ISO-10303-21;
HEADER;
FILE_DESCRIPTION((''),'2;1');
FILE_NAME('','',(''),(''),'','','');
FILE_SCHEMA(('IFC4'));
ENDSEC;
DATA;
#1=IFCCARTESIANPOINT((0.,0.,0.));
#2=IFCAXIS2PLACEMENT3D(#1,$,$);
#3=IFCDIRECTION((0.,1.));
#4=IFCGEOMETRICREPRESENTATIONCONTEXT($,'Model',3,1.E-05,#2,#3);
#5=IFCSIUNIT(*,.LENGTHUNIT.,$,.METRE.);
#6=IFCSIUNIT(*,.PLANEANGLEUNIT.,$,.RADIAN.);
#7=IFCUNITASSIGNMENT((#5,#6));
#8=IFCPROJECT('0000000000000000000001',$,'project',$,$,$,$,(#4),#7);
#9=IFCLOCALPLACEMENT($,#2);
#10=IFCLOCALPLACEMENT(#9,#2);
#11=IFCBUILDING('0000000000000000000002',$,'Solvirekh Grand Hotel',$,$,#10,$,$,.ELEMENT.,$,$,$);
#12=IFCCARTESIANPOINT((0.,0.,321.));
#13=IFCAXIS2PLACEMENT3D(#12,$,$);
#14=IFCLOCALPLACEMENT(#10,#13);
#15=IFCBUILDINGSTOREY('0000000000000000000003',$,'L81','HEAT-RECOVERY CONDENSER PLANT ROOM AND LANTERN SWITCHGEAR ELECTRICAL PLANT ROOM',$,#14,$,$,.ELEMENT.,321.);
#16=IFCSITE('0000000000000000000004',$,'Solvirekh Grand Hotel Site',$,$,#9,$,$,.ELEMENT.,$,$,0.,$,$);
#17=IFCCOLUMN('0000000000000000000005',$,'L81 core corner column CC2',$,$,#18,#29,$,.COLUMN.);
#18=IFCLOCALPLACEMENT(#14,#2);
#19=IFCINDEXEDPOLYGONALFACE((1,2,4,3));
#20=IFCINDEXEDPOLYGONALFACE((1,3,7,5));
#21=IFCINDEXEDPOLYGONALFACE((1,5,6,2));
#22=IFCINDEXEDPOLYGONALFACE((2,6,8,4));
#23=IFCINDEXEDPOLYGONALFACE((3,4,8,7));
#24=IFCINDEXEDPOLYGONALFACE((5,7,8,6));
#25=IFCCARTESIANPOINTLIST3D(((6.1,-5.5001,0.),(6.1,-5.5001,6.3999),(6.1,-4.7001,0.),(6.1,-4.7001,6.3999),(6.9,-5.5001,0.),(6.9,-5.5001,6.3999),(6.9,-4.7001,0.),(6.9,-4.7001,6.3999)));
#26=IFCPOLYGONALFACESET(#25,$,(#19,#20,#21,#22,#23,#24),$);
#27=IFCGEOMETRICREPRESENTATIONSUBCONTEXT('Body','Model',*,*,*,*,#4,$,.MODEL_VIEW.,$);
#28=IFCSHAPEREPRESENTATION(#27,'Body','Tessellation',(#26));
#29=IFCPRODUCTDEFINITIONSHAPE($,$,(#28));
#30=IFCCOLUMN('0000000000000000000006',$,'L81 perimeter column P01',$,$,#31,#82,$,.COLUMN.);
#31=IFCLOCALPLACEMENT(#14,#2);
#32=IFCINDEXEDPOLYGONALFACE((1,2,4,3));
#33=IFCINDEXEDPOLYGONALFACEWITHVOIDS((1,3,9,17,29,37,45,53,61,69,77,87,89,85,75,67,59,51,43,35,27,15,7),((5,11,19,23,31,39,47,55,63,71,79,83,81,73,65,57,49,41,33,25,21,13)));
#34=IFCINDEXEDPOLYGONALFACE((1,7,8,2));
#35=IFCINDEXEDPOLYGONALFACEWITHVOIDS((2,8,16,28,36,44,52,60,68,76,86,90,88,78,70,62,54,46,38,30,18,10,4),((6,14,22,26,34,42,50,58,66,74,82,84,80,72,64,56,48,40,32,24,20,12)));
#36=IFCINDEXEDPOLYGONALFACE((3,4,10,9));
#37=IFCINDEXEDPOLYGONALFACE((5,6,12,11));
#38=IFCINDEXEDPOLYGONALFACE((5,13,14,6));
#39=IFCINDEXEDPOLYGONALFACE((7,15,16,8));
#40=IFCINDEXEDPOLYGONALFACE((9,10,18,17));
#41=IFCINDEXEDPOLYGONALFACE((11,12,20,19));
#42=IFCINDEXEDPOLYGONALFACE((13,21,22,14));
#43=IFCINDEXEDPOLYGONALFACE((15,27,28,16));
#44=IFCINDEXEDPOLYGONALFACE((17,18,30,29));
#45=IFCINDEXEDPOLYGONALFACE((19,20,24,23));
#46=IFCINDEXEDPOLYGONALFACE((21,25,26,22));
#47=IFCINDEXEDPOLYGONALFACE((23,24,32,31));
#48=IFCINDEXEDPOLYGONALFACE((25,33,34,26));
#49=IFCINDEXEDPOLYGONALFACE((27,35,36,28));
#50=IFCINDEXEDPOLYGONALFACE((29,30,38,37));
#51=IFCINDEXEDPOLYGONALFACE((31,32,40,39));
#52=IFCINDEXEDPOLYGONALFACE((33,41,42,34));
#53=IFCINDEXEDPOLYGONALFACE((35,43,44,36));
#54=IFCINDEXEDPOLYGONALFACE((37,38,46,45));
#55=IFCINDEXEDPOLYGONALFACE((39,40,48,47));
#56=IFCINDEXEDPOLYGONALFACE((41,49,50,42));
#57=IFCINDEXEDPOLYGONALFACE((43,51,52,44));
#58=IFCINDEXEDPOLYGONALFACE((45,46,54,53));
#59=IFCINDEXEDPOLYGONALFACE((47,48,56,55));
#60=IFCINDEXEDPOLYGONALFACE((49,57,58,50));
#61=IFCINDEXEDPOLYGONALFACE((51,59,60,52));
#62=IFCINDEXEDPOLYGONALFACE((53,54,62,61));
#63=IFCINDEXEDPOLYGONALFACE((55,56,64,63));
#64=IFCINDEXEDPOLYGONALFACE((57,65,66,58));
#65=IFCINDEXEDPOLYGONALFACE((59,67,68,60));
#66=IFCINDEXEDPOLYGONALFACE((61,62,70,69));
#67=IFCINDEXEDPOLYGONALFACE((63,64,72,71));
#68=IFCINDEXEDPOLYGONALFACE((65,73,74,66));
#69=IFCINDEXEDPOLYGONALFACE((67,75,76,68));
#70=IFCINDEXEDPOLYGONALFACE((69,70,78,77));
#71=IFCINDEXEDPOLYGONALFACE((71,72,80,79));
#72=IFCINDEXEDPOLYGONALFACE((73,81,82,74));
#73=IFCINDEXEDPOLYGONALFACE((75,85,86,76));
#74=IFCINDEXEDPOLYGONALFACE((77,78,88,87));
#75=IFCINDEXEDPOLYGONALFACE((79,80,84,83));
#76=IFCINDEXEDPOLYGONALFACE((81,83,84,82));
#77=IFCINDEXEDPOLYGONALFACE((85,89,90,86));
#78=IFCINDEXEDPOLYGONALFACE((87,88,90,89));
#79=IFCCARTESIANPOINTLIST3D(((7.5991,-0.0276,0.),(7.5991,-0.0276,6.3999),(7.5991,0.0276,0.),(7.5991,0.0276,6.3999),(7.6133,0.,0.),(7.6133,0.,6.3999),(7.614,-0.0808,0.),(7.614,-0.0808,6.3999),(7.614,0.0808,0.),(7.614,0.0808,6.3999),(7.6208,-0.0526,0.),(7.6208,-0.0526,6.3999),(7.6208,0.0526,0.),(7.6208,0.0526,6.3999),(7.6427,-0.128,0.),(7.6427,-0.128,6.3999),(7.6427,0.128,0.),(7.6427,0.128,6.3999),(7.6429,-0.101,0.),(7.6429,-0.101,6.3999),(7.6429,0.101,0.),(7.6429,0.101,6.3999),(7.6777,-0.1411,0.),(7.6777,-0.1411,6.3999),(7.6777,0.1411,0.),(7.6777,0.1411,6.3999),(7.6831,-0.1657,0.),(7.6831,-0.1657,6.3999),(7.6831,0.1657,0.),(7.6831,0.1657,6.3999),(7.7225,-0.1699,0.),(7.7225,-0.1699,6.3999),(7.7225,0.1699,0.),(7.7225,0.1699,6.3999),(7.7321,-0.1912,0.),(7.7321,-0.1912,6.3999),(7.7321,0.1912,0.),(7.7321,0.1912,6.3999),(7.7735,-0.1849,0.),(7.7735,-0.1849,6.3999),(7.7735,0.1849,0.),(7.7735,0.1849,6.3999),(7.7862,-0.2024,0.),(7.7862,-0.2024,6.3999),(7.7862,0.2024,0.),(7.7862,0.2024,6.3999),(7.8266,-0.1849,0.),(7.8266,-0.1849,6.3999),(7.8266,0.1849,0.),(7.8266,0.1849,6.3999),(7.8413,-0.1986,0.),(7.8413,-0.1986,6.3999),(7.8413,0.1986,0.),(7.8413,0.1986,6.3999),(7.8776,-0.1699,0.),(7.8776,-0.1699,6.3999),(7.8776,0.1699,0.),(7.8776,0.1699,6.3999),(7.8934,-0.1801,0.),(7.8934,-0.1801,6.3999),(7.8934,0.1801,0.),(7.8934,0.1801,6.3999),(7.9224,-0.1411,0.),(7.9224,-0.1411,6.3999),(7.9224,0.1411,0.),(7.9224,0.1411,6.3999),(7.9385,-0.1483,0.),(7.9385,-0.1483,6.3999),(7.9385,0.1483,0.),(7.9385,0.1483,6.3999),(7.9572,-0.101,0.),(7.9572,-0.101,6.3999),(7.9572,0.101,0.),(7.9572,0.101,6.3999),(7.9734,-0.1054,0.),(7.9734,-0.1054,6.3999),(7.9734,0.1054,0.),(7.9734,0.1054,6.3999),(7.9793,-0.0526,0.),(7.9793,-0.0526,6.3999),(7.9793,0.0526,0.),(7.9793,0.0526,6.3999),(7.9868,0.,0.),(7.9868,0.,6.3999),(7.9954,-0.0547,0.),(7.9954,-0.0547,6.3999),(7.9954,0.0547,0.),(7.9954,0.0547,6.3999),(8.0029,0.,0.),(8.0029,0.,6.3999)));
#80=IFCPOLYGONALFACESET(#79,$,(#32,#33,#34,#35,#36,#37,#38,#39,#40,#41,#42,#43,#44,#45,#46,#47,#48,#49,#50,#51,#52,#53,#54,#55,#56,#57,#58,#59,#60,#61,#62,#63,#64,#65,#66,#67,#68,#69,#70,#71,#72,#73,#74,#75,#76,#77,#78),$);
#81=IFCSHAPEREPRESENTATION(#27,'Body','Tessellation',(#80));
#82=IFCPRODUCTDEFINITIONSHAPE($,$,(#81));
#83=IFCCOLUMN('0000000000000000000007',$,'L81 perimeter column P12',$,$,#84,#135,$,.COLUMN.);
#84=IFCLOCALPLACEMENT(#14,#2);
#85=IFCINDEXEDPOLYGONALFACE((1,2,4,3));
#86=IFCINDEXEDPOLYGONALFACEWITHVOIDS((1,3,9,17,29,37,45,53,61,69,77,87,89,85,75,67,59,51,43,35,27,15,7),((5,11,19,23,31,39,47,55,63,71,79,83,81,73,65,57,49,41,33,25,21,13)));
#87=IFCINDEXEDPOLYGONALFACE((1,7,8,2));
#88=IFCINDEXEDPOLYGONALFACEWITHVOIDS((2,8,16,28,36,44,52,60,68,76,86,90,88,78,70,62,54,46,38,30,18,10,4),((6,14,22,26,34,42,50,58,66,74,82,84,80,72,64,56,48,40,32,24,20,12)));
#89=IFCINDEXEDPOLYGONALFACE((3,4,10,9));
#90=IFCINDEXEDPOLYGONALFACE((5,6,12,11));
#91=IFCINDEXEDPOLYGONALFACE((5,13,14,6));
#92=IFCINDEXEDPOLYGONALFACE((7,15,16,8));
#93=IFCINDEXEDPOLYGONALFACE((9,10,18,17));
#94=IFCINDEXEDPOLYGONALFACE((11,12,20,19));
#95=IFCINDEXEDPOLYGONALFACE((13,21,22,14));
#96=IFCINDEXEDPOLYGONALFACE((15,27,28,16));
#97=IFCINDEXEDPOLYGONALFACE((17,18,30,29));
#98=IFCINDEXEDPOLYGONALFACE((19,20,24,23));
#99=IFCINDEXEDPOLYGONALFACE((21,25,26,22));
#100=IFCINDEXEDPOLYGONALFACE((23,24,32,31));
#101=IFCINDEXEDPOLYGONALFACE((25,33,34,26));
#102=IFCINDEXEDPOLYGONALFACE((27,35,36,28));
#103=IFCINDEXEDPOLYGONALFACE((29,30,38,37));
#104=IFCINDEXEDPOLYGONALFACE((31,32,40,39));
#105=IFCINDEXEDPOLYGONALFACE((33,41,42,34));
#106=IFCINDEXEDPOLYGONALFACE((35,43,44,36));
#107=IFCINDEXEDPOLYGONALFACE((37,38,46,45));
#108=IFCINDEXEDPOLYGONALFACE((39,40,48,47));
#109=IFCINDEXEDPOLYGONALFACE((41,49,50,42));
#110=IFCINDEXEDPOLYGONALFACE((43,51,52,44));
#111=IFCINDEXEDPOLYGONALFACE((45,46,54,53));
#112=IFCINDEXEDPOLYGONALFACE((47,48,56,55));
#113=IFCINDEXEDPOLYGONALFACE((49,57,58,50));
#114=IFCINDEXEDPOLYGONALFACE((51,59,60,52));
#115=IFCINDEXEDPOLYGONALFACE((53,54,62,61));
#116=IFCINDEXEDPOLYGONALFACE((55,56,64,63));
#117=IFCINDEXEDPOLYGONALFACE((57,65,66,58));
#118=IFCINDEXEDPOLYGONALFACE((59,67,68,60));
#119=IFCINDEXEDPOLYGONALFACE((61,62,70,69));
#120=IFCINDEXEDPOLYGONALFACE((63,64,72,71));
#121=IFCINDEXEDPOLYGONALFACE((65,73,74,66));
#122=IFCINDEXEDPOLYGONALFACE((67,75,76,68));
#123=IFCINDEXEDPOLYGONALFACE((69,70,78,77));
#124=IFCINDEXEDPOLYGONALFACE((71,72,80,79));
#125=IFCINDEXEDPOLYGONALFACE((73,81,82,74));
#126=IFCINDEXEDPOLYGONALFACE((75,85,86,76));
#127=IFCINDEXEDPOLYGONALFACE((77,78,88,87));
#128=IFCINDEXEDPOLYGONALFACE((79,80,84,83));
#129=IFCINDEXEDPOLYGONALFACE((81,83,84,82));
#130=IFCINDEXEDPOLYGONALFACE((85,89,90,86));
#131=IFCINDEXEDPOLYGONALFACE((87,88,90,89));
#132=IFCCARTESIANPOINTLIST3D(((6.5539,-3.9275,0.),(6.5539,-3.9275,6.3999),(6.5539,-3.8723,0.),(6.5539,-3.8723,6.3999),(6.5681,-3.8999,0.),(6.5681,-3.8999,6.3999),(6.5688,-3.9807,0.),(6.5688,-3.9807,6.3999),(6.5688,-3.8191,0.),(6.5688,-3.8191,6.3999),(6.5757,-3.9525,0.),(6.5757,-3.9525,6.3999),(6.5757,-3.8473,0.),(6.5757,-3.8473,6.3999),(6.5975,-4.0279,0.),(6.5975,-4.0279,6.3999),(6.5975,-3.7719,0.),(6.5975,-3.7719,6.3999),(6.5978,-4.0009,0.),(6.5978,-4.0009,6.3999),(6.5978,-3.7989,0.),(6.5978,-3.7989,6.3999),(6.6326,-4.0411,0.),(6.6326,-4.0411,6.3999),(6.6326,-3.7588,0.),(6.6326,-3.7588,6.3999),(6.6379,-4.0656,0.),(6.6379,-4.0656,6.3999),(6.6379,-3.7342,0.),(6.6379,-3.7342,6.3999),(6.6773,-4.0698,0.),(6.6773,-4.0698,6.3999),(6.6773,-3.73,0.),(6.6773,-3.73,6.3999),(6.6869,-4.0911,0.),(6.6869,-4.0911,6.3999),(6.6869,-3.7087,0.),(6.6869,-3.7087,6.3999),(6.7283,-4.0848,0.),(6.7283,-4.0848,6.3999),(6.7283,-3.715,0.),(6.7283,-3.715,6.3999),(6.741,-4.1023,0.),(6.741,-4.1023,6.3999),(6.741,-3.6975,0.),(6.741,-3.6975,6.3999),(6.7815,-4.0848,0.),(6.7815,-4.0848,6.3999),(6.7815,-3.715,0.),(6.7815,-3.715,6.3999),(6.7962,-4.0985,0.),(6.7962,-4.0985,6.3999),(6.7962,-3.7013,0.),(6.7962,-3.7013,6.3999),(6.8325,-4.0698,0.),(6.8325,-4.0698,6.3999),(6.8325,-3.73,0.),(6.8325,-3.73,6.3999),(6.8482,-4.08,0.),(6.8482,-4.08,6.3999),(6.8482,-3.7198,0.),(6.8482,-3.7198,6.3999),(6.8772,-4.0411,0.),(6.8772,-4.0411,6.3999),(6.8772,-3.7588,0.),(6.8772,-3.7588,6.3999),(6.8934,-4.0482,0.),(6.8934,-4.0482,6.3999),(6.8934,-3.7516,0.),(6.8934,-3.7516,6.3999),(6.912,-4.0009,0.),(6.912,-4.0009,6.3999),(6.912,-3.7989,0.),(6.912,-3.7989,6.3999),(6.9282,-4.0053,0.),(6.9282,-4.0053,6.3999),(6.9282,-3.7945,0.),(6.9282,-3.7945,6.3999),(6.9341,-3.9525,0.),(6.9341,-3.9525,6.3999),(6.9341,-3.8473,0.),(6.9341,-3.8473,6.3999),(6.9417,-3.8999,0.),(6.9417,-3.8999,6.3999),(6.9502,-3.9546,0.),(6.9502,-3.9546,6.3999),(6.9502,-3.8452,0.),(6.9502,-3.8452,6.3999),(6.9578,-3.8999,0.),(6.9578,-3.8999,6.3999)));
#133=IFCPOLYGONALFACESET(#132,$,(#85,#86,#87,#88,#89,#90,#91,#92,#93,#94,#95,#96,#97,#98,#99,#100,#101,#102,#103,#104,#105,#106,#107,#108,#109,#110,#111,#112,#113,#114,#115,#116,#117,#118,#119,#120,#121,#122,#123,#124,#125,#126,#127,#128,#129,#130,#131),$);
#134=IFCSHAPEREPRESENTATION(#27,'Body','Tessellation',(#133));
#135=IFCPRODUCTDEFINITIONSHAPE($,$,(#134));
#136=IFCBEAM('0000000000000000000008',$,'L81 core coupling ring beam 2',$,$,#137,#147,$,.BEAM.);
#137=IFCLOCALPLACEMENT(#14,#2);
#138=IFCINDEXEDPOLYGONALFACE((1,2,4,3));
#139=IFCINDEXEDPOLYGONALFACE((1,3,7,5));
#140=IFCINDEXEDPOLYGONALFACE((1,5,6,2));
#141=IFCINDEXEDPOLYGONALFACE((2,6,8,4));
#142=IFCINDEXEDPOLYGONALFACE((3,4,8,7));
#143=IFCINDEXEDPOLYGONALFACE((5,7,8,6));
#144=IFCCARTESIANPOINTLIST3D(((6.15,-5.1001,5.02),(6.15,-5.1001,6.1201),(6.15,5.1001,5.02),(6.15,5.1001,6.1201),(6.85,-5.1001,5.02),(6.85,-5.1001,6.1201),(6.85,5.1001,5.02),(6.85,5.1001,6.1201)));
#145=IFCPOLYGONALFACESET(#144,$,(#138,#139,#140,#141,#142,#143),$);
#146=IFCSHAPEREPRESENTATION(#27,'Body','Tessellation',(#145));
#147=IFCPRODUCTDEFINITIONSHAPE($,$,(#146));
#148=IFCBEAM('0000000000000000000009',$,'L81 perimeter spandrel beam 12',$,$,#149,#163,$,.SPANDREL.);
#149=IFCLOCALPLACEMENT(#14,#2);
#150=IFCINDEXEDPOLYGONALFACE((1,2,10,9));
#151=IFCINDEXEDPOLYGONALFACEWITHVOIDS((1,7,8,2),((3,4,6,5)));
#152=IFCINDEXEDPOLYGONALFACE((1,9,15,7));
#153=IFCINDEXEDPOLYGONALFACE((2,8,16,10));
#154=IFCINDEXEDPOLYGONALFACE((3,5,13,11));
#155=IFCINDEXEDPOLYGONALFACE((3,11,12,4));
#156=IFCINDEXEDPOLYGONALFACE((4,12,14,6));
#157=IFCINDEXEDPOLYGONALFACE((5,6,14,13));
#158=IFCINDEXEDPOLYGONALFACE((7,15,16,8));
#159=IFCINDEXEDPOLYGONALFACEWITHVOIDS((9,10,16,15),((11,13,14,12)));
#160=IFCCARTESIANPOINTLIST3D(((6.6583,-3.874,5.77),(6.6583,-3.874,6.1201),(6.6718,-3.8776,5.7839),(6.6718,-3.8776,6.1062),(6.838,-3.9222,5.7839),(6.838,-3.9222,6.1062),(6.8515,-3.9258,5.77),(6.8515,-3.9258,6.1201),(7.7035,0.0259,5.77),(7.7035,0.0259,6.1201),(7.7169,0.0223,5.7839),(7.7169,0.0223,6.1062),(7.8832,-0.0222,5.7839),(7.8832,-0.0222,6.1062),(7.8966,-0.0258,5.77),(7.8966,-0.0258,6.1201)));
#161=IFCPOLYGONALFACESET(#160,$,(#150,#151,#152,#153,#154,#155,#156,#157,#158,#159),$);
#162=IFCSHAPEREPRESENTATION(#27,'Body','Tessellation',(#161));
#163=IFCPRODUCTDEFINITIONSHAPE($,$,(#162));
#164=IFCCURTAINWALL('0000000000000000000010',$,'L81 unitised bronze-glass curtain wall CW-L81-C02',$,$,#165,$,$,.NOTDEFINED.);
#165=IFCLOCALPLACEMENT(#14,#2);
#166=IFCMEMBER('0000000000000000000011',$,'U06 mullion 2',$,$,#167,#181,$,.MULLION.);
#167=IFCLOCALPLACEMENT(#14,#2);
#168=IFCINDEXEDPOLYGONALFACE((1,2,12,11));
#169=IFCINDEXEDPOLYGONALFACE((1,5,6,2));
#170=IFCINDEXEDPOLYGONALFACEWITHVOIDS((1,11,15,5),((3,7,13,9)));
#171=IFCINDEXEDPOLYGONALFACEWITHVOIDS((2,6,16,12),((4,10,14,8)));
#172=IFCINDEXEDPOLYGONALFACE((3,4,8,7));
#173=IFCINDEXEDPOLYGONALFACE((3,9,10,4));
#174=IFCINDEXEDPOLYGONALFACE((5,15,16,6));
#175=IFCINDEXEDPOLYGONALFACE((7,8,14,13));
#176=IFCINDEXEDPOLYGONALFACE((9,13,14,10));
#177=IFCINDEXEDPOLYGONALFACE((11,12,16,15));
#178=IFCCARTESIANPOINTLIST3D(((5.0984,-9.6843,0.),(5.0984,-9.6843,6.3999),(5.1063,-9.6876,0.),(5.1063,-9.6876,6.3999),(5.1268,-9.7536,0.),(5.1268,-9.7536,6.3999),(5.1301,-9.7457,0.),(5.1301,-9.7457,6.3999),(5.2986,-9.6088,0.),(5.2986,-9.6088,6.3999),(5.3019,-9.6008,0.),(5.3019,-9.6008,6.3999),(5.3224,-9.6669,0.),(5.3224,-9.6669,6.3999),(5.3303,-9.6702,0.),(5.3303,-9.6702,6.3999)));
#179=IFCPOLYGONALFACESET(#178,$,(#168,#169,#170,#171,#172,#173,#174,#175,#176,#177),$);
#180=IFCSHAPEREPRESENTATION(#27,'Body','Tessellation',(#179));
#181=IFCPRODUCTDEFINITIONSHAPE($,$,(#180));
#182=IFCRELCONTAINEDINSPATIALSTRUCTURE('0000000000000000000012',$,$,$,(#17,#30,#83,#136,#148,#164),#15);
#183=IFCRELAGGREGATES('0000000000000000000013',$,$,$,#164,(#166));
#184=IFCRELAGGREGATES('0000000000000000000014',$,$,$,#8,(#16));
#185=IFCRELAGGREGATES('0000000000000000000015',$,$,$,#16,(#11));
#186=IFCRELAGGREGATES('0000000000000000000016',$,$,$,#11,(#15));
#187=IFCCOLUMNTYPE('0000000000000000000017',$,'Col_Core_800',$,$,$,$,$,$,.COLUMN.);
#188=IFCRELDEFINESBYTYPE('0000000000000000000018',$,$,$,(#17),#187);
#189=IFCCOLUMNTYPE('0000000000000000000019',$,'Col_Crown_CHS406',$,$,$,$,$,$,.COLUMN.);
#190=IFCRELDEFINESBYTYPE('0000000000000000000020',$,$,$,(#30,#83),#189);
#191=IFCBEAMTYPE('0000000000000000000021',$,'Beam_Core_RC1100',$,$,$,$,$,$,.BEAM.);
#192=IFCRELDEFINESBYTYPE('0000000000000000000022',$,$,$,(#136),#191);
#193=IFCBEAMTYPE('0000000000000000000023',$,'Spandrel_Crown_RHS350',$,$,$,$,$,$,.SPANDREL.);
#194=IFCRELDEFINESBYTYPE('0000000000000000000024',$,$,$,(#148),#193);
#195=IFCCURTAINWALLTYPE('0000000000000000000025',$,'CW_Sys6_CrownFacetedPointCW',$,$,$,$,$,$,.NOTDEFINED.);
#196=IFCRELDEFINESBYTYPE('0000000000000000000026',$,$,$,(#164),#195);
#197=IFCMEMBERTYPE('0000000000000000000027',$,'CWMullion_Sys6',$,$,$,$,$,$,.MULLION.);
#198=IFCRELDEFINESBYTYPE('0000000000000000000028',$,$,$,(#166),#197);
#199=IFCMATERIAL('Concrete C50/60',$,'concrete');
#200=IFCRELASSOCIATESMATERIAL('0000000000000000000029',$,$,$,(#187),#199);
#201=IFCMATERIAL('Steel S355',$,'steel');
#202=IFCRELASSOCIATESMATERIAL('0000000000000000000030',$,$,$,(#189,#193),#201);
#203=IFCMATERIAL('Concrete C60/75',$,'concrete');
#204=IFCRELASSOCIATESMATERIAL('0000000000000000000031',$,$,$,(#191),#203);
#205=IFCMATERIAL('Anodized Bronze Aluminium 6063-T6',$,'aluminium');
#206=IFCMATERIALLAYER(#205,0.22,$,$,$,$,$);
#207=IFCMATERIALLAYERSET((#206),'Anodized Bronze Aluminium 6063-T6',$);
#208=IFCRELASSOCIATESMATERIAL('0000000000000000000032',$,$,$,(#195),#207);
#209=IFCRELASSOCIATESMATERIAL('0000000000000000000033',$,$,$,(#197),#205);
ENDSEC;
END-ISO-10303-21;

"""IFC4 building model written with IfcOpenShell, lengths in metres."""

from ifc_helpers import new_model, si_unit, direction, frame, origin, origin_2d, place, context, subcontext, project, spatial, rectangle, hollow_rectangle, hollow_circle, extrude, source, transform, mapped, material, layer, layer_set, material_profile, profile_set, type_object, element, aggregate, save


model = new_model("IFC4")

# Units and contexts
model_context = context("Model", 3, precision=1e-05, world=origin(), true_north=direction((0.0, 1.0)))
body_context = subcontext(model_context, "Body", "Model", "MODEL_VIEW")
ifc_project = project(units=[si_unit("LENGTHUNIT", "METRE"), si_unit("PLANEANGLEUNIT", "RADIAN")], contexts=[model_context])

# Site, building, storey
site_placement = place(None, origin())
site = spatial("IfcSite", under=ifc_project, at=site_placement, Name="Solvirekh Grand Hotel Site", CompositionType="ELEMENT", RefElevation=0.0)
building_placement = place(site_placement, origin())
building = spatial("IfcBuilding", under=site, at=building_placement, Name="Solvirekh Grand Hotel", CompositionType="ELEMENT")
storey_placement = place(building_placement, frame((0.0, 0.0, 321.0)))
storey = spatial("IfcBuildingStorey", under=building, at=storey_placement, Name="L81", Description="HEAT-RECOVERY CONDENSER PLANT ROOM AND LANTERN SWITCHGEAR ELECTRICAL PLANT ROOM", CompositionType="ELEMENT", Elevation=321.0)

# Columns
ifc_material_1 = material(Name="Concrete C50/60", Category="concrete")
ifc_material_profile_1 = material_profile(ifc_material_1, rectangle(XDim=0.8, YDim=0.8, at=origin_2d()), Name="RC 800X800")
ifc_profile_set_1 = profile_set([ifc_material_profile_1], Name="Concrete C50/60")
column_type_1 = type_object("IfcColumnType", Name="Col_Core_800", PredefinedType="COLUMN", material=ifc_profile_set_1)
column_placement = place(storey_placement, frame((6.5, -5.1001, 0.0), z_axis=(0.0, 0.0, 1.0), x_axis=(1.0, 0.0, 0.0)))
element("IfcColumn", 1, at=column_placement, inside=storey, type_object=column_type_1, Name="L81 core corner column CC2", PredefinedType="COLUMN", context=body_context, shape_type="SweptSolid", body=[
    extrude(rectangle(XDim=0.8, YDim=0.8, at=origin_2d()), origin(), (0.0, 0.0, 1.0), 6.3999),
])
ifc_material_2 = material(Name="Steel S355", Category="steel")
ifc_material_profile_2 = material_profile(ifc_material_2, hollow_circle(Radius=0.2029, WallThickness=0.0161, at=origin_2d()), Name="CHS 406X16")
ifc_profile_set_2 = profile_set([ifc_material_profile_2], Name="Steel S355")
column_type_2 = type_object("IfcColumnType", Name="Col_Crown_CHS406", PredefinedType="COLUMN", material=ifc_profile_set_2)
for number, where, z_axis, x_axis, name in (
    (2, (7.8, 0.0, 0.0), (0.0, 0.0, 1.0), (1.0, 0.0, 0.0), "L81 perimeter column P01"),
    (3, (6.7549, -3.8999, 0.0), (0.0, 0.0, 1.0), (1.0, 0.0, 0.0), "L81 perimeter column P12"),
):
    element("IfcColumn", number, at=place(storey_placement, frame(where, z_axis=z_axis, x_axis=x_axis)), inside=storey, type_object=column_type_2, Name=name, PredefinedType="COLUMN", context=body_context, shape_type="SweptSolid", body=[
        extrude(hollow_circle(Radius=0.2029, WallThickness=0.0161, at=origin_2d()), origin(), (0.0, 0.0, 1.0), 6.3999),
    ])

# Beams
ifc_material_3 = material(Name="Concrete C60/75", Category="concrete")
ifc_material_profile_3 = material_profile(ifc_material_3, rectangle(XDim=0.7, YDim=1.1001, at=origin_2d()), Name="RC BEAM 700X1100")
ifc_profile_set_3 = profile_set([ifc_material_profile_3], Name="Concrete C60/75")
beam_type_1 = type_object("IfcBeamType", Name="Beam_Core_RC1100", PredefinedType="BEAM", material=ifc_profile_set_3)
beam_1_placement = place(storey_placement, frame((6.5, -5.1001, 5.5701), z_axis=(0.0, 1.0, 0.0), x_axis=(-1.0, 0.0, 0.0)))
element("IfcBeam", 4, at=beam_1_placement, inside=storey, type_object=beam_type_1, Name="L81 core coupling ring beam 2", PredefinedType="BEAM", context=body_context, shape_type="SweptSolid", body=[
    extrude(rectangle(XDim=0.7, YDim=1.1001, at=origin_2d()), origin(), (0.0, 0.0, 1.0), 10.2002),
])
ifc_material_profile_4 = material_profile(ifc_material_2, hollow_rectangle(XDim=0.2, YDim=0.3501, WallThickness=0.0139, at=origin_2d()), Name="RHS 350X200X14")
ifc_profile_set_4 = profile_set([ifc_material_profile_4], Name="Steel S355")
beam_type_2 = type_object("IfcBeamType", Name="Spandrel_Crown_RHS350", PredefinedType="SPANDREL", material=ifc_profile_set_4)
beam_2_placement = place(storey_placement, frame((6.7549, -3.8999, 5.9451), z_axis=(0.258863, 0.965914, 0.0), x_axis=(-0.965914, 0.258863, 0.0)))
element("IfcBeam", 5, at=beam_2_placement, inside=storey, type_object=beam_type_2, Name="L81 perimeter spandrel beam 12", PredefinedType="SPANDREL", context=body_context, shape_type="SweptSolid", body=[
    extrude(hollow_rectangle(XDim=0.2, YDim=0.3501, WallThickness=0.0139, at=origin_2d()), origin(), (0.0, 0.0, 1.0), 4.0376),
])

# Curtain wall, member
ifc_material_4 = material(Name="Anodized Bronze Aluminium 6063-T6", Category="aluminium")
ifc_layer_1 = layer(ifc_material_4, 0.22)
ifc_layer_set_1 = layer_set([ifc_layer_1], Name="Anodized Bronze Aluminium 6063-T6")
curtain_wall_type = type_object("IfcCurtainWallType", Name="CW_Sys6_CrownFacetedPointCW", PredefinedType="NOTDEFINED", material=ifc_layer_set_1)
curtain_wall_1_placement = place(storey_placement, origin())
curtain_wall_1 = element("IfcCurtainWall", 6, at=curtain_wall_1_placement, inside=storey, type_object=curtain_wall_type, Name="L81 unitised bronze-glass curtain wall CW-L81-C02", PredefinedType="NOTDEFINED")
ifc_material_profile_5 = material_profile(ifc_material_4, hollow_rectangle(XDim=0.075, YDim=0.22, WallThickness=0.0061, at=origin_2d()), Name="ALU RHS 220X75X6")
ifc_profile_set_5 = profile_set([ifc_material_profile_5], Name="Anodized Bronze Aluminium 6063-T6")
member_type_1 = type_object("IfcMemberType", Name="CWMullion_Sys6", PredefinedType="MULLION", material=ifc_profile_set_5)
shared_shape_1 = source(origin(), body_context, "Body", "SweptSolid", [
    extrude(hollow_rectangle(XDim=0.075, YDim=0.22, WallThickness=0.0061, at=origin_2d()), origin(), (0.0, 0.0, 1.0), 6.3999),
])
member_1_placement = place(storey_placement, frame((5.2144, -9.6772, 0.0), z_axis=(0.0, 0.0, 1.0), x_axis=(-0.379341, 0.925257, 0.0)))
member_1 = element("IfcMember", 7, at=member_1_placement, type_object=member_type_1, Name="U06 mullion 2", PredefinedType="MULLION", context=body_context, shape_type="MappedRepresentation", body=[
    mapped(shared_shape_1, transform((0.0, 0.0, 0.0), x_axis=(1.0, 0.0, 0.0), y_axis=(0.0, 1.0, 0.0), z_axis=(0.0, 0.0, 1.0), scale=1.0)),
])
aggregate(curtain_wall_1, [member_1])

save(model, "model.ifc")
